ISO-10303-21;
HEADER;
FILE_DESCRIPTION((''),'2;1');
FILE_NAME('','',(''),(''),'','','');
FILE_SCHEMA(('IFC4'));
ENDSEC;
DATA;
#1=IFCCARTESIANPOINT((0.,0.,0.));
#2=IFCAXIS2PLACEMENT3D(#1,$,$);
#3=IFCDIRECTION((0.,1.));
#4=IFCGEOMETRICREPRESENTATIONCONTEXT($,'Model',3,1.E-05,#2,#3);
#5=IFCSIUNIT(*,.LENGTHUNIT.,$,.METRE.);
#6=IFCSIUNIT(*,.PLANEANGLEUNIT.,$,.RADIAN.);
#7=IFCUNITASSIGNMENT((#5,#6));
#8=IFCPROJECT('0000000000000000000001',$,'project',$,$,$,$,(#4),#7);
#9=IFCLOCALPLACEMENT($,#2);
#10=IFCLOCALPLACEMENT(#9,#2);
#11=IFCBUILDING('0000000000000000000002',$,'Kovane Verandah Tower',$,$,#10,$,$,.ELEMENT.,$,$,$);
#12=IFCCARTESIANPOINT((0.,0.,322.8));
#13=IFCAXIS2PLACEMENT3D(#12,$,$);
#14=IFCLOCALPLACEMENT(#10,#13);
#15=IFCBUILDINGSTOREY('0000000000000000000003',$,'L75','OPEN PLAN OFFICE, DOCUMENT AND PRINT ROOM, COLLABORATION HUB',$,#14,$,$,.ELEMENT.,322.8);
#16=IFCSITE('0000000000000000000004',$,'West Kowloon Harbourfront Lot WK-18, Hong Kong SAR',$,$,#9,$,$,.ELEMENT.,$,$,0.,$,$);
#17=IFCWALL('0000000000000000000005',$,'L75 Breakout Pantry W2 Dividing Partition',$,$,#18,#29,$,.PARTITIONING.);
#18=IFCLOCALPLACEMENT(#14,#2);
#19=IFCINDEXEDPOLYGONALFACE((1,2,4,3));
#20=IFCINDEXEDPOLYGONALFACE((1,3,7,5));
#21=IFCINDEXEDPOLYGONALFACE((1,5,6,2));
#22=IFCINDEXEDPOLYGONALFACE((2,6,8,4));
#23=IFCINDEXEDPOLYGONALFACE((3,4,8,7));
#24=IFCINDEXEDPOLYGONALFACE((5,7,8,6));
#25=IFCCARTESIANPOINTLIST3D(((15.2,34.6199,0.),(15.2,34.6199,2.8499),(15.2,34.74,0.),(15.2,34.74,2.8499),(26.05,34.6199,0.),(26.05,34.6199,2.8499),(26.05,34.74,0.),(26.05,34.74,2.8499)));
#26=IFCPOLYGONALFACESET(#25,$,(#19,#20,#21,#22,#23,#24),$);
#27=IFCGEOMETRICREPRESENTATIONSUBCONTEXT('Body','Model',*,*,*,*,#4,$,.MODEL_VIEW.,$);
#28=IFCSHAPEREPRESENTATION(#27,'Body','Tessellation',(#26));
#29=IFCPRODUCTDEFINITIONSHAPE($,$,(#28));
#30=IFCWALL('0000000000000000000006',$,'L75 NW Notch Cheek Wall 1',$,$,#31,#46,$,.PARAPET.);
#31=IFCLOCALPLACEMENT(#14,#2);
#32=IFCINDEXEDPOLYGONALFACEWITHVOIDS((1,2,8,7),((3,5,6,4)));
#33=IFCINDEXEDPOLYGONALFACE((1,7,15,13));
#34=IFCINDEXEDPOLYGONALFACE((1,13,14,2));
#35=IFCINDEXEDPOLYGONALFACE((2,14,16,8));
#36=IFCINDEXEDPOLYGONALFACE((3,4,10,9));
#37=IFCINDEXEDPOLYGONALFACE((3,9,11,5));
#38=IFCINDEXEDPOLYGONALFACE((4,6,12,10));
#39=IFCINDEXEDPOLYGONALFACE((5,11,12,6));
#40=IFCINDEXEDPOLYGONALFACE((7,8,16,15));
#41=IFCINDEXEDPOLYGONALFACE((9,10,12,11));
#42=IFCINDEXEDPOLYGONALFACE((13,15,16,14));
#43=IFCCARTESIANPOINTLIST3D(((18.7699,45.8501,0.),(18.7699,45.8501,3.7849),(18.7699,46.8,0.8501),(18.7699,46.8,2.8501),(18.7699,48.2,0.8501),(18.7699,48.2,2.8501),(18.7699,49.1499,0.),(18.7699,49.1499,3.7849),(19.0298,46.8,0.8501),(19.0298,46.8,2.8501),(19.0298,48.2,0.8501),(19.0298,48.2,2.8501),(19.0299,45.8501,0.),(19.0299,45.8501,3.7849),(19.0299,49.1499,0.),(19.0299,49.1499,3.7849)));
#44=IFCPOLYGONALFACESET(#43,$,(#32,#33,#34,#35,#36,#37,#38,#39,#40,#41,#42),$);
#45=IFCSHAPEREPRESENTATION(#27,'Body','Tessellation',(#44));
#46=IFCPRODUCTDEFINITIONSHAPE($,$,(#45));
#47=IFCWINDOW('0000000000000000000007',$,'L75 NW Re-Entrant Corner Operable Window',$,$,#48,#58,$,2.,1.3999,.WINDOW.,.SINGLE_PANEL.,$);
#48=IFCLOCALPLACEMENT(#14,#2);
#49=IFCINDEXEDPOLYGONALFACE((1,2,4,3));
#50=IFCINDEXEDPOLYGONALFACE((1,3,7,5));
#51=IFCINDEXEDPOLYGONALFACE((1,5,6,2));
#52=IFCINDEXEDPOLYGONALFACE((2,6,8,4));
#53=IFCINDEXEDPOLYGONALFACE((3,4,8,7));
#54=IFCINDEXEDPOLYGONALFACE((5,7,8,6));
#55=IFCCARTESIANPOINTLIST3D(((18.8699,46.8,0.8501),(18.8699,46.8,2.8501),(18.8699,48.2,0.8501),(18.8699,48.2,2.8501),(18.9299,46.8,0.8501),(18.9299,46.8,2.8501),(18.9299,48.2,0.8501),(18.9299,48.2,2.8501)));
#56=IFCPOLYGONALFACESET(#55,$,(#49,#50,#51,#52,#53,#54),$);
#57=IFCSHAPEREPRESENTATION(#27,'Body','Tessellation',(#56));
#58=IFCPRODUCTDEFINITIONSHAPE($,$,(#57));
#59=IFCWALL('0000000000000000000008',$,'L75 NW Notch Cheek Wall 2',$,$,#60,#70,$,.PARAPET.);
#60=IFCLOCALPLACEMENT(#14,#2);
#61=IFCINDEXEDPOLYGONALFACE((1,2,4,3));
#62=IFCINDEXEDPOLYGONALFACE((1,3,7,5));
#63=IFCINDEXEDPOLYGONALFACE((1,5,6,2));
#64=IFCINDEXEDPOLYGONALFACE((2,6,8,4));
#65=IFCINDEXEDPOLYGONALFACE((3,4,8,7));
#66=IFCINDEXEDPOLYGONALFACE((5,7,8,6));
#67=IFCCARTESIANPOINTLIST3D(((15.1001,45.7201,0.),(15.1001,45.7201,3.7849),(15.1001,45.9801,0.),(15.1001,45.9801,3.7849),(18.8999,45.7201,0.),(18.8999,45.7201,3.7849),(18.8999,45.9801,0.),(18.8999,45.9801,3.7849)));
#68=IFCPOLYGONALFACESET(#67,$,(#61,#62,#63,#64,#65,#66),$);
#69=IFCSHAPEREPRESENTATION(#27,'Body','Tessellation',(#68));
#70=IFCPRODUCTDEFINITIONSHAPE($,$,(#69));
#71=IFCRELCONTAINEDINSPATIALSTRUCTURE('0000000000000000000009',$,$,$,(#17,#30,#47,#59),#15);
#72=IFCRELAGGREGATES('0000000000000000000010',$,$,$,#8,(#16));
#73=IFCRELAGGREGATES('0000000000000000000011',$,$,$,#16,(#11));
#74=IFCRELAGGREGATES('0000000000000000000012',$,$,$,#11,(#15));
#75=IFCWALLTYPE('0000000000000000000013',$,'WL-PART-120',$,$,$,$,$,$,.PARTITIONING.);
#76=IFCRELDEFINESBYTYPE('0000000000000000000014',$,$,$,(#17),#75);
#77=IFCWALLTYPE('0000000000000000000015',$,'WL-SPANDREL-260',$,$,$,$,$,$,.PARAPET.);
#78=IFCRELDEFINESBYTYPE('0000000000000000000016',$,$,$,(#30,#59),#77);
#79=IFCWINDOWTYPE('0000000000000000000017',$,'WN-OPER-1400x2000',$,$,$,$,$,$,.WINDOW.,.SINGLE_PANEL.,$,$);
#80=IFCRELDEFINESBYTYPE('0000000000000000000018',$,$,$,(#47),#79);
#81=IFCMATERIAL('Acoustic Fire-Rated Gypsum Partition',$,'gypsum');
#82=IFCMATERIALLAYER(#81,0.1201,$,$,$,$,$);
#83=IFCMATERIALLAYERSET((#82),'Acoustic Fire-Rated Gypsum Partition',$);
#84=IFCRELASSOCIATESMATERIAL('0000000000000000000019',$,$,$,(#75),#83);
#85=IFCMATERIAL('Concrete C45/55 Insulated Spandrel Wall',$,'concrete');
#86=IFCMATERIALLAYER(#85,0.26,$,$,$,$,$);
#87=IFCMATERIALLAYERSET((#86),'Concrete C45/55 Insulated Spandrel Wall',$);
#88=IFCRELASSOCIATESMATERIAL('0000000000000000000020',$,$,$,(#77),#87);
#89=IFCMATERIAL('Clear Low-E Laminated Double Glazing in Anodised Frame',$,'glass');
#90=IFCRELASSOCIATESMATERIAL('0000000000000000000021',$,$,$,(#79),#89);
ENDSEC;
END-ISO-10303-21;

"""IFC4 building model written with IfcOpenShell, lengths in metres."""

from ifc_helpers import new_model, si_unit, direction, frame, frame_2d, origin, place, context, subcontext, project, spatial, rectangle, extrude, material, layer, layer_set, type_object, element, fill, save


model = new_model("IFC4")

# Units and contexts
model_context = context("Model", 3, precision=1e-05, world=origin(), true_north=direction((0.0, 1.0)))
body_context = subcontext(model_context, "Body", "Model", "MODEL_VIEW")
ifc_project = project(units=[si_unit("LENGTHUNIT", "METRE"), si_unit("PLANEANGLEUNIT", "RADIAN")], contexts=[model_context])

# Site, building, storey
site_placement = place(None, origin())
site = spatial("IfcSite", under=ifc_project, at=site_placement, Name="West Kowloon Harbourfront Lot WK-18, Hong Kong SAR", CompositionType="ELEMENT", RefElevation=0.0)
building_placement = place(site_placement, origin())
building = spatial("IfcBuilding", under=site, at=building_placement, Name="Kovane Verandah Tower", CompositionType="ELEMENT")
storey_placement = place(building_placement, frame((0.0, 0.0, 322.8)))
storey = spatial("IfcBuildingStorey", under=building, at=storey_placement, Name="L75", Description="OPEN PLAN OFFICE, DOCUMENT AND PRINT ROOM, COLLABORATION HUB", CompositionType="ELEMENT", Elevation=322.8)

# Wall
ifc_material_1 = material(Name="Acoustic Fire-Rated Gypsum Partition", Category="gypsum")
ifc_layer_1 = layer(ifc_material_1, 0.1201)
ifc_layer_set_1 = layer_set([ifc_layer_1], Name="Acoustic Fire-Rated Gypsum Partition")
wall_type_1 = type_object("IfcWallType", Name="WL-PART-120", PredefinedType="PARTITIONING", material=ifc_layer_set_1)
wall_1_placement = place(storey_placement, frame((15.2, 34.6799, 0.0), z_axis=(0.0, 0.0, 1.0), x_axis=(1.0, 0.0, 0.0)))
element("IfcWall", 1, at=wall_1_placement, inside=storey, type_object=wall_type_1, Name="L75 Breakout Pantry W2 Dividing Partition", PredefinedType="PARTITIONING", context=body_context, shape_type="SweptSolid", body=[
    extrude(rectangle(XDim=10.8501, YDim=0.1201, at=frame_2d((5.425, 0.0))), origin(), (0.0, 0.0, 1.0), 2.8499),
])

# Wall, opening, window
ifc_material_2 = material(Name="Concrete C45/55 Insulated Spandrel Wall", Category="concrete")
ifc_layer_2 = layer(ifc_material_2, 0.26)
ifc_layer_set_2 = layer_set([ifc_layer_2], Name="Concrete C45/55 Insulated Spandrel Wall")
wall_type_2 = type_object("IfcWallType", Name="WL-SPANDREL-260", PredefinedType="PARAPET", material=ifc_layer_set_2)
wall_2_placement = place(storey_placement, frame((18.8999, 49.1499, 0.0), z_axis=(0.0, 0.0, 1.0), x_axis=(0.0, -1.0, 0.0)))
wall_2 = element("IfcWall", 2, at=wall_2_placement, inside=storey, type_object=wall_type_2, Name="L75 NW Notch Cheek Wall 1", PredefinedType="PARAPET", context=body_context, shape_type="SweptSolid", body=[
    extrude(rectangle(XDim=3.2998, YDim=0.26, at=frame_2d((1.6499, 0.0))), origin(), (0.0, 0.0, 1.0), 3.7849),
])
opening_placement = place(wall_2_placement, frame((0.95, 0.0, 0.8501)))
opening = element("IfcOpeningElement", 3, at=opening_placement, cuts=wall_2, PredefinedType="OPENING", context=body_context, shape_type="SweptSolid", body=[
    extrude(rectangle(XDim=1.3999, YDim=2.0, at=frame_2d((0.7, 1.0))), frame((0.0, 0.1299, 0.0), z_axis=(0.0, -1.0, 0.0), x_axis=(1.0, 0.0, 0.0)), (0.0, 0.0, 1.0), 0.26),
])
ifc_material_3 = material(Name="Clear Low-E Laminated Double Glazing in Anodised Frame", Category="glass")
window_type = type_object("IfcWindowType", Name="WN-OPER-1400x2000", PartitioningType="SINGLE_PANEL", PredefinedType="WINDOW", material=ifc_material_3)
window_placement = place(opening_placement, origin())
window = element("IfcWindow", 4, at=window_placement, inside=storey, type_object=window_type, Name="L75 NW Re-Entrant Corner Operable Window", OverallHeight=2.0, OverallWidth=1.3999, PartitioningType="SINGLE_PANEL", PredefinedType="WINDOW", context=body_context, shape_type="SweptSolid", body=[
    extrude(rectangle(XDim=1.3999, YDim=2.0, at=frame_2d((0.7, 1.0))), frame((0.0, 0.03, 0.0), z_axis=(0.0, -1.0, 0.0), x_axis=(1.0, 0.0, 0.0)), (0.0, 0.0, 1.0), 0.0601),
])
fill(opening, window)

# Wall
wall_3_placement = place(storey_placement, frame((18.8999, 45.8501, 0.0), z_axis=(0.0, 0.0, 1.0), x_axis=(-1.0, 0.0, 0.0)))
element("IfcWall", 5, at=wall_3_placement, inside=storey, type_object=wall_type_2, Name="L75 NW Notch Cheek Wall 2", PredefinedType="PARAPET", context=body_context, shape_type="SweptSolid", body=[
    extrude(rectangle(XDim=3.7998, YDim=0.26, at=frame_2d((1.8999, 0.0))), origin(), (0.0, 0.0, 1.0), 3.7849),
])

save(model, "model.ifc")
